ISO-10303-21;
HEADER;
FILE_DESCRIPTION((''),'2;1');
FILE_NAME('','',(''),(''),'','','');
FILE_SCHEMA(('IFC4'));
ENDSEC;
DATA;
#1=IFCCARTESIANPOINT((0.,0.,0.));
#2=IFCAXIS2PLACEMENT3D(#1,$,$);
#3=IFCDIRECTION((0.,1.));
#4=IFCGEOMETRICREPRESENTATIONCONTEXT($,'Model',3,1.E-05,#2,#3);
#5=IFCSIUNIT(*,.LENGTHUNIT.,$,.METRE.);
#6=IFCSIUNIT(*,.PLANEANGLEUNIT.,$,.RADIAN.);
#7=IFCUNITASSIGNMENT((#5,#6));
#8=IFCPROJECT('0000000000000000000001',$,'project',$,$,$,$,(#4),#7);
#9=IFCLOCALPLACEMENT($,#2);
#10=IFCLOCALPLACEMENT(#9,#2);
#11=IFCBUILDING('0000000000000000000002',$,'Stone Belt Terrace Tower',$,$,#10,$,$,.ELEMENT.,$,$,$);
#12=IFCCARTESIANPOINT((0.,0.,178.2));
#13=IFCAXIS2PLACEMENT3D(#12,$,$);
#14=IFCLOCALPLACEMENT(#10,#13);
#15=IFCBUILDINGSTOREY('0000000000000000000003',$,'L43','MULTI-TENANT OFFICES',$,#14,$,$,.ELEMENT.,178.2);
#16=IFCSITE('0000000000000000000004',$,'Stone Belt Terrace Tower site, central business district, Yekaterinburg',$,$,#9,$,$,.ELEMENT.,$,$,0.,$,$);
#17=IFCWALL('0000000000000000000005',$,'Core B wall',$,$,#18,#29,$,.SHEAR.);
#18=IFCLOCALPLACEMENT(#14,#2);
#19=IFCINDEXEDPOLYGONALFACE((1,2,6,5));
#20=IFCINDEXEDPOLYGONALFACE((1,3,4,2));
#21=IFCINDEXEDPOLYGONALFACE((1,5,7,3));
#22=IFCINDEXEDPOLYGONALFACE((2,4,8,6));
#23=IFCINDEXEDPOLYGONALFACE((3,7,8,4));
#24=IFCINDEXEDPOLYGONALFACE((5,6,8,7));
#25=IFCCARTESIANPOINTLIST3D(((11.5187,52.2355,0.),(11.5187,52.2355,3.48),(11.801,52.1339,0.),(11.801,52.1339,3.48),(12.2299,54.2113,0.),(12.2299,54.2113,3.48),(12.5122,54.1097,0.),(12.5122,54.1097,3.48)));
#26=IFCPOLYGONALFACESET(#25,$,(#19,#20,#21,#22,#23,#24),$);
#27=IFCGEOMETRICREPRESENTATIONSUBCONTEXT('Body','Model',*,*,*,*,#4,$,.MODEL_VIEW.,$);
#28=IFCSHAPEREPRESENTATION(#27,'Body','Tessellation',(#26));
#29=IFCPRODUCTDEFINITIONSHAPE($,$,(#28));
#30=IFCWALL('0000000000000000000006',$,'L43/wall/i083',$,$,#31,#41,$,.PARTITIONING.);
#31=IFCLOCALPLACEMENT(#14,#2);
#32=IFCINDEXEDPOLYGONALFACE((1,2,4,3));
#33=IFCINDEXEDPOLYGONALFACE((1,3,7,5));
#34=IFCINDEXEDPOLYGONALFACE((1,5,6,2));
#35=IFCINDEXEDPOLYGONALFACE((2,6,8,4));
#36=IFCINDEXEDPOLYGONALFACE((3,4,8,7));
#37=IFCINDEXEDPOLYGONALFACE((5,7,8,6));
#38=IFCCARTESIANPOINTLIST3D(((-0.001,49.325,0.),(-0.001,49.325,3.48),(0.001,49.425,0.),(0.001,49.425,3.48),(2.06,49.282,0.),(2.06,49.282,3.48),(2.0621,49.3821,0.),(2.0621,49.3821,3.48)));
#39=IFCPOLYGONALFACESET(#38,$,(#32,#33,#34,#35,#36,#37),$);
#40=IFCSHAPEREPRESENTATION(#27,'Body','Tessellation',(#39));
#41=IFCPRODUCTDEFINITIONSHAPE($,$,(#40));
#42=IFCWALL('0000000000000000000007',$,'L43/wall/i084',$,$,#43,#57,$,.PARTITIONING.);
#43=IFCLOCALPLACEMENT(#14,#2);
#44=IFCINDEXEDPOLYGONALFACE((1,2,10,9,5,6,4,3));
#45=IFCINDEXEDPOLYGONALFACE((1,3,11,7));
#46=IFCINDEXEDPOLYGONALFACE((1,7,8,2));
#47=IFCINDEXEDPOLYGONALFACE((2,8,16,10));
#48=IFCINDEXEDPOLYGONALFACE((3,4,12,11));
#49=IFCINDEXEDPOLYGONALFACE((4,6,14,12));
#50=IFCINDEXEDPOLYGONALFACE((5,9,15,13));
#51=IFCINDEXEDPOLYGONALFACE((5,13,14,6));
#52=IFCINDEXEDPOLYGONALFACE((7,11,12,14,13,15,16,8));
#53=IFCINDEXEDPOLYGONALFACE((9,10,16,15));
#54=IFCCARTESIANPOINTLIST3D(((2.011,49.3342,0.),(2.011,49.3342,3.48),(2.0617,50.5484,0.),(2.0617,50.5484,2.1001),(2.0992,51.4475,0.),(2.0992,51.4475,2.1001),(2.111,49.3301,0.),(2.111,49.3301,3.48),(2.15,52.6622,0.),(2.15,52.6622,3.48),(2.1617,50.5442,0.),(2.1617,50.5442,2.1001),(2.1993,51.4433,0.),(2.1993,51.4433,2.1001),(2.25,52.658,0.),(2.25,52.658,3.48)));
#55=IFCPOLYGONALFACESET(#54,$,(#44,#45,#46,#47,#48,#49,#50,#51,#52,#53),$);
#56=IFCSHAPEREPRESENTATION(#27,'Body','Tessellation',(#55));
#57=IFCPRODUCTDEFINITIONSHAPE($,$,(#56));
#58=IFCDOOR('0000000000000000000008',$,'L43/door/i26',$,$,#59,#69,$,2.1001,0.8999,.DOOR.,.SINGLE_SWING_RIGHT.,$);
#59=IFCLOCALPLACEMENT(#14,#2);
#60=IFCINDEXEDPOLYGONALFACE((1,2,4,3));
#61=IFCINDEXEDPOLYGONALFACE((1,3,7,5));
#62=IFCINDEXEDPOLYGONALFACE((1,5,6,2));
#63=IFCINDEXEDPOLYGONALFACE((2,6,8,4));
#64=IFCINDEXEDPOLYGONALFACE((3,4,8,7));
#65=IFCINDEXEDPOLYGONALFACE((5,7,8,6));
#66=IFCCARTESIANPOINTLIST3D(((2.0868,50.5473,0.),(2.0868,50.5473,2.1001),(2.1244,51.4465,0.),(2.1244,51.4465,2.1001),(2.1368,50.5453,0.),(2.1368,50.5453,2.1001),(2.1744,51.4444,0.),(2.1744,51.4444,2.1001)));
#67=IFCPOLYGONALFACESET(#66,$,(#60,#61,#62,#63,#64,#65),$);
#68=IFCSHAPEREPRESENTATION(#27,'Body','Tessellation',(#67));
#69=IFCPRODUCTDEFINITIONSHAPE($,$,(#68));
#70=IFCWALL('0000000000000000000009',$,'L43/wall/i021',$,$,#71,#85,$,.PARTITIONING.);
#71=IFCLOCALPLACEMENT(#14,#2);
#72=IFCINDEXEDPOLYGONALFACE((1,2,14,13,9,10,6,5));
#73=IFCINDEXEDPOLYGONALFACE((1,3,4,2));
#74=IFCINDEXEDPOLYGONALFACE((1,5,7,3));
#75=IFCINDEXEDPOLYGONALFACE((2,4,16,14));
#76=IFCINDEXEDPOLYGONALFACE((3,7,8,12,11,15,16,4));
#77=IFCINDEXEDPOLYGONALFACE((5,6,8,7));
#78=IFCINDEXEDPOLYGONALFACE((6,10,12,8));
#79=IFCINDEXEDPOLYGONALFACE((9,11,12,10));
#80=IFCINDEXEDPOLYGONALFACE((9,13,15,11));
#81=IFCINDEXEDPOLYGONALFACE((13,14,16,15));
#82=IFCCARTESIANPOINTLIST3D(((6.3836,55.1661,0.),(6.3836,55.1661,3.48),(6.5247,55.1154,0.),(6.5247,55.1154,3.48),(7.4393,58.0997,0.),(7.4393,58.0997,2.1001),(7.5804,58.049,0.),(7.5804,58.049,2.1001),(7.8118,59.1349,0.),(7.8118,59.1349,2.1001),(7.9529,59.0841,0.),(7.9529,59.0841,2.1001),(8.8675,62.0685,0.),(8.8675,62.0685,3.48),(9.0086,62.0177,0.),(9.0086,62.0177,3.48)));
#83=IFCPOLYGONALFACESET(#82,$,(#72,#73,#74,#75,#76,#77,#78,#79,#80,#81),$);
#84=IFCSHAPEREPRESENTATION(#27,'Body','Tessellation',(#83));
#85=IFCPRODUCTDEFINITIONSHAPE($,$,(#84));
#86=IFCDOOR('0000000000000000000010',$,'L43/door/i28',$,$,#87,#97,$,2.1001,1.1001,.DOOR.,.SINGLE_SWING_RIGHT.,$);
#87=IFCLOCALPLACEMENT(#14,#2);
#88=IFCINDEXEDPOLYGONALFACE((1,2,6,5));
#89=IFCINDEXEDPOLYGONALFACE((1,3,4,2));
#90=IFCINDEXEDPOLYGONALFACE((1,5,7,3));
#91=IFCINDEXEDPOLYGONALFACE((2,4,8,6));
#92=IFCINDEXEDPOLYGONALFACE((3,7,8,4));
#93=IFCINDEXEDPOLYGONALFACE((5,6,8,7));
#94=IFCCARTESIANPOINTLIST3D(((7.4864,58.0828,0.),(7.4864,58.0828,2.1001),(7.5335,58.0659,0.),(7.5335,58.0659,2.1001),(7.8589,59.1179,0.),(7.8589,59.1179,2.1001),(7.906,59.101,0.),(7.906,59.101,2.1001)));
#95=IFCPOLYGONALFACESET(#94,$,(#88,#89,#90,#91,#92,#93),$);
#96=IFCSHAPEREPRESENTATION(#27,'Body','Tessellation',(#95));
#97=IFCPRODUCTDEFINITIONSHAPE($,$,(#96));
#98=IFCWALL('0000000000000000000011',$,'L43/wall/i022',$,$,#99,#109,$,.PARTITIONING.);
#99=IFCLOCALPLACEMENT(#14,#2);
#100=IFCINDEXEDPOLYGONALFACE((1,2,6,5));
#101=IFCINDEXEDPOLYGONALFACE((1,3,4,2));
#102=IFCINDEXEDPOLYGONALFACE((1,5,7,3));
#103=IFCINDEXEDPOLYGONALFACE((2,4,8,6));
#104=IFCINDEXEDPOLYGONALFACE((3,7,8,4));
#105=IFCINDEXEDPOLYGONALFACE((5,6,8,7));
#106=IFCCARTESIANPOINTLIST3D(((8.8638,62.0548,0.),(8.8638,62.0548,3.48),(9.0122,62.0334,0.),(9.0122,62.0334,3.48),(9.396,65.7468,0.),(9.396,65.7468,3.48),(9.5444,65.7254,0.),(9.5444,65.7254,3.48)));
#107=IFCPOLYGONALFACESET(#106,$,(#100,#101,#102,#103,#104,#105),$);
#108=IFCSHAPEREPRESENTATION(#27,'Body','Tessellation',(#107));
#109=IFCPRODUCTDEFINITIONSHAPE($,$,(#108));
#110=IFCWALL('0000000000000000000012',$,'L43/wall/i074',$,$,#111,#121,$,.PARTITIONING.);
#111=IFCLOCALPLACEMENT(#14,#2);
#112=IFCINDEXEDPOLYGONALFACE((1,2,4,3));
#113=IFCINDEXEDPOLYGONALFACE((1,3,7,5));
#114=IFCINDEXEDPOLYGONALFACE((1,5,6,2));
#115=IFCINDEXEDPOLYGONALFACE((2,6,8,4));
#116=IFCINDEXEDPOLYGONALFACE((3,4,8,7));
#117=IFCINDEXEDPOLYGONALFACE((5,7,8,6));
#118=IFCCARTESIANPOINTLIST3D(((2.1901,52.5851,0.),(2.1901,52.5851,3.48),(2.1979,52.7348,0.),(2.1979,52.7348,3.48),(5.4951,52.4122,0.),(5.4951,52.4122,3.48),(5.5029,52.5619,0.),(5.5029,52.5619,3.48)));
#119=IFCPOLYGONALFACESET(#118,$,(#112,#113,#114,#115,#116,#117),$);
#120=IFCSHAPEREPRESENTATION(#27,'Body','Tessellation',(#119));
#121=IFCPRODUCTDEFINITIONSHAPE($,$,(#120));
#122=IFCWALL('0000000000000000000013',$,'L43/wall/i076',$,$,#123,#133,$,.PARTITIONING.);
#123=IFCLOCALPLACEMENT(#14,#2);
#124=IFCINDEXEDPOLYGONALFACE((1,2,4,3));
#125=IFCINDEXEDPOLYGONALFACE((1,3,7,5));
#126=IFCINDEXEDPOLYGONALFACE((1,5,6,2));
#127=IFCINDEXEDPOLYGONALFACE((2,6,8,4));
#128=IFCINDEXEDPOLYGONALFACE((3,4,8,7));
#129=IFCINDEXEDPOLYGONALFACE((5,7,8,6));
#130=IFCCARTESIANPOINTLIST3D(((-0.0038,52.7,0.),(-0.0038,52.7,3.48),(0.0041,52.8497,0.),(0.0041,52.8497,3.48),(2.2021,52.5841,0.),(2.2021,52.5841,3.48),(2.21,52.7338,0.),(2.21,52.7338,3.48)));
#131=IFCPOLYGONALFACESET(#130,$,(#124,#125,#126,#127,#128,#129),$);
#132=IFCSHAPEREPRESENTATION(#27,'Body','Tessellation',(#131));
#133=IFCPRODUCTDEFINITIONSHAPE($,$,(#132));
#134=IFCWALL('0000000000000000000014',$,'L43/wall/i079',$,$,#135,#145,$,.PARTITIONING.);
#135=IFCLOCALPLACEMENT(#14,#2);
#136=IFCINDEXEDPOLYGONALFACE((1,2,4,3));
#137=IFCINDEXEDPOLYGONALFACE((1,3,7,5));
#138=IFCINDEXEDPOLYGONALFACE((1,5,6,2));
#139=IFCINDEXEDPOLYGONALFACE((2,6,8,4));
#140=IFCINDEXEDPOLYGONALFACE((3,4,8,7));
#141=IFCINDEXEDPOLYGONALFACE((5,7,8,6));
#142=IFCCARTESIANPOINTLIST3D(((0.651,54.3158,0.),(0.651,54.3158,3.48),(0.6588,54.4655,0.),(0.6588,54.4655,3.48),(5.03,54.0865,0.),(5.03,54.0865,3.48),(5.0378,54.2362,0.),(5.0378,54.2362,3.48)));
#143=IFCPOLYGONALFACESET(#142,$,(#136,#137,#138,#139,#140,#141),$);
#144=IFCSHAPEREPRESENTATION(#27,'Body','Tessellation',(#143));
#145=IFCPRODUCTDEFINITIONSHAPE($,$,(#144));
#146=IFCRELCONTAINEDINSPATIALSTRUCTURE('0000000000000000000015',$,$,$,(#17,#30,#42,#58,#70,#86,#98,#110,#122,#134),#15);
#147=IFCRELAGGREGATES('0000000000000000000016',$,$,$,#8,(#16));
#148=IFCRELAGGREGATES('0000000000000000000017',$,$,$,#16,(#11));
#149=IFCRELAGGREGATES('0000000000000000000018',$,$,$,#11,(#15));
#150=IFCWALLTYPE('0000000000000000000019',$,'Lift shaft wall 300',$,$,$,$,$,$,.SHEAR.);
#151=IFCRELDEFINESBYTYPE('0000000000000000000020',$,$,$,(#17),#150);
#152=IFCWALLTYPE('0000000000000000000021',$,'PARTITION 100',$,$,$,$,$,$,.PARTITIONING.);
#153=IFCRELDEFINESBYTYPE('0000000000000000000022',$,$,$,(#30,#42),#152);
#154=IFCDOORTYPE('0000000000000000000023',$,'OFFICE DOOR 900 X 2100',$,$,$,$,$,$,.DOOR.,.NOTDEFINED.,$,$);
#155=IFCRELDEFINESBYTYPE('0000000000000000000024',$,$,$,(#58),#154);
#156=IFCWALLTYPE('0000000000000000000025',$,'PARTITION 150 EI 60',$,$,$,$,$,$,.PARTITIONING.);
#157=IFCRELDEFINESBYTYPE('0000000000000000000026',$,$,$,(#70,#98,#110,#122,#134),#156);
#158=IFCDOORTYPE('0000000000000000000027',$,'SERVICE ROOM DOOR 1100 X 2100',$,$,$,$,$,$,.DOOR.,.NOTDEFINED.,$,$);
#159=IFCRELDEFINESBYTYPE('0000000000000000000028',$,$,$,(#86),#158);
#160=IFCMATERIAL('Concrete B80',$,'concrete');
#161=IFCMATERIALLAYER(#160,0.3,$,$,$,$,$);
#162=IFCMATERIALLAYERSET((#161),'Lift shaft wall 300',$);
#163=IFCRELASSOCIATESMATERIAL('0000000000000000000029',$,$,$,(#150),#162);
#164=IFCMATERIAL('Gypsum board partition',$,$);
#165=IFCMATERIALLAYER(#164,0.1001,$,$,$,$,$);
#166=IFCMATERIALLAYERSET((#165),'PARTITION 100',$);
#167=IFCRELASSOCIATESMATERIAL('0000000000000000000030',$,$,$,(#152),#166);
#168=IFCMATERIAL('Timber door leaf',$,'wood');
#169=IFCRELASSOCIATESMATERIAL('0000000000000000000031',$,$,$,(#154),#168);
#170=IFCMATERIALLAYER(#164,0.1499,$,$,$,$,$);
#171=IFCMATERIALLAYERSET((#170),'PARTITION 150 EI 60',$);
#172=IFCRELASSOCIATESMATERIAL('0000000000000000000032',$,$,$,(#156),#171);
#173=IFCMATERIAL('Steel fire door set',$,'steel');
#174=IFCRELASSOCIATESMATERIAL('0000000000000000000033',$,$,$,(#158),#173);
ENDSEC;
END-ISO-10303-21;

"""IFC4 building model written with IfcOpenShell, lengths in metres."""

from ifc_helpers import new_model, si_unit, direction, frame, frame_2d, origin, place, context, subcontext, project, spatial, rectangle, extrude, material, layer, layer_set, type_object, element, fill, save


model = new_model("IFC4")

# Units and contexts
model_context = context("Model", 3, precision=1e-05, world=origin(), true_north=direction((0.0, 1.0)))
body_context = subcontext(model_context, "Body", "Model", "MODEL_VIEW")
ifc_project = project(units=[si_unit("LENGTHUNIT", "METRE"), si_unit("PLANEANGLEUNIT", "RADIAN")], contexts=[model_context])

# Site, building, storey
site_placement = place(None, origin())
site = spatial("IfcSite", under=ifc_project, at=site_placement, Name="Stone Belt Terrace Tower site, central business district, Yekaterinburg", CompositionType="ELEMENT", RefElevation=0.0)
building_placement = place(site_placement, origin())
building = spatial("IfcBuilding", under=site, at=building_placement, Name="Stone Belt Terrace Tower", CompositionType="ELEMENT")
storey_placement = place(building_placement, frame((0.0, 0.0, 178.2)))
storey = spatial("IfcBuildingStorey", under=building, at=storey_placement, Name="L43", Description="MULTI-TENANT OFFICES", CompositionType="ELEMENT", Elevation=178.2)

# Shared definitions
ifc_material_1 = material(Name="Concrete B80", Category="concrete")

# Shared definitions
ifc_material_2 = material(Name="Timber door leaf", Category="wood")

# Walls
ifc_layer_1 = layer(ifc_material_1, 0.3)
ifc_layer_set_1 = layer_set([ifc_layer_1], Name="Lift shaft wall 300")
wall_type_1 = type_object("IfcWallType", Name="Lift shaft wall 300", PredefinedType="SHEAR", material=ifc_layer_set_1)
wall_1_placement = place(storey_placement, frame((11.6599, 52.1848, 0.0), z_axis=(0.0, 0.0, 1.0), x_axis=(0.33867, 0.940905, 0.0)))
element("IfcWall", 1, at=wall_1_placement, inside=storey, type_object=wall_type_1, Name="Core B wall", PredefinedType="SHEAR", context=body_context, shape_type="SweptSolid", body=[
    extrude(rectangle(XDim=2.0999, YDim=0.3, at=frame_2d((1.0498, 0.0))), origin(), (0.0, 0.0, 1.0), 3.48),
])
ifc_material_3 = material(Name="Gypsum board partition")
ifc_layer_2 = layer(ifc_material_3, 0.1001)
ifc_layer_set_2 = layer_set([ifc_layer_2], Name="PARTITION 100")
wall_type_2 = type_object("IfcWallType", Name="PARTITION 100", PredefinedType="PARTITIONING", material=ifc_layer_set_2)
wall_2_placement = place(storey_placement, frame((0.0, 49.375, 0.0), z_axis=(0.0, 0.0, 1.0), x_axis=(0.999783, -0.020844, 0.0)))
element("IfcWall", 2, at=wall_2_placement, inside=storey, type_object=wall_type_2, Name="L43/wall/i083", PredefinedType="PARTITIONING", context=body_context, shape_type="SweptSolid", body=[
    extrude(rectangle(XDim=2.0615, YDim=0.1001, at=frame_2d((1.0308, 0.0))), origin(), (0.0, 0.0, 1.0), 3.48),
])

# Walls, openings, doors
wall_3_placement = place(storey_placement, frame((2.061, 49.332, 0.0), z_axis=(0.0, 0.0, 1.0), x_axis=(0.041707, 0.99913, 0.0)))
wall_3 = element("IfcWall", 3, at=wall_3_placement, inside=storey, type_object=wall_type_2, Name="L43/wall/i084", PredefinedType="PARTITIONING", context=body_context, shape_type="SweptSolid", body=[
    extrude(rectangle(XDim=3.3308, YDim=0.1001, at=frame_2d((1.6655, 0.0))), origin(), (0.0, 0.0, 1.0), 3.48),
])
opening_1_placement = place(wall_3_placement, frame((1.2153, 0.0, 0.0)))
opening_1 = element("IfcOpeningElement", 4, at=opening_1_placement, cuts=wall_3, PredefinedType="OPENING", context=body_context, shape_type="SweptSolid", body=[
    extrude(rectangle(XDim=0.8999, YDim=2.1001, at=frame_2d((0.45, 1.05))), frame((0.0, 0.0601, 0.0), z_axis=(0.0, -1.0, 0.0), x_axis=(1.0, 0.0, 0.0)), (0.0, 0.0, 1.0), 0.1201),
])
door_type_1 = type_object("IfcDoorType", Name="OFFICE DOOR 900 X 2100", OperationType="NOTDEFINED", PredefinedType="DOOR", material=ifc_material_2)
door_1_placement = place(opening_1_placement, origin())
door_1 = element("IfcDoor", 5, at=door_1_placement, inside=storey, type_object=door_type_1, Name="L43/door/i26", OperationType="SINGLE_SWING_RIGHT", OverallHeight=2.1001, OverallWidth=0.8999, PredefinedType="DOOR", context=body_context, shape_type="SweptSolid", body=[
    extrude(rectangle(XDim=0.8999, YDim=2.1001, at=frame_2d((0.45, 1.05))), frame((0.0, 0.0249, 0.0), z_axis=(0.0, -1.0, 0.0), x_axis=(1.0, 0.0, 0.0)), (0.0, 0.0, 1.0), 0.05),
])
fill(opening_1, door_1)
ifc_layer_3 = layer(ifc_material_3, 0.1499)
ifc_layer_set_3 = layer_set([ifc_layer_3], Name="PARTITION 150 EI 60")
wall_type_3 = type_object("IfcWallType", Name="PARTITION 150 EI 60", PredefinedType="PARTITIONING", material=ifc_layer_set_3)
wall_4_placement = place(storey_placement, frame((6.4541, 55.1406, 0.0), z_axis=(0.0, 0.0, 1.0), x_axis=(0.338604, 0.940929, 0.0)))
wall_4 = element("IfcWall", 6, at=wall_4_placement, inside=storey, type_object=wall_type_3, Name="L43/wall/i021", PredefinedType="PARTITIONING", context=body_context, shape_type="SweptSolid", body=[
    extrude(rectangle(XDim=7.3357, YDim=0.1499, at=frame_2d((3.668, 0.0))), origin(), (0.0, 0.0, 1.0), 3.48),
])
opening_2_placement = place(wall_4_placement, frame((3.1179, 0.0, 0.0)))
opening_2 = element("IfcOpeningElement", 7, at=opening_2_placement, cuts=wall_4, PredefinedType="OPENING", context=body_context, shape_type="SweptSolid", body=[
    extrude(rectangle(XDim=1.1001, YDim=2.1001, at=frame_2d((0.55, 1.05))), frame((0.0, 0.085, 0.0), z_axis=(0.0, -1.0, 0.0), x_axis=(1.0, 0.0, 0.0)), (0.0, 0.0, 1.0), 0.1699),
])
ifc_material_4 = material(Name="Steel fire door set", Category="steel")
door_type_2 = type_object("IfcDoorType", Name="SERVICE ROOM DOOR 1100 X 2100", OperationType="NOTDEFINED", PredefinedType="DOOR", material=ifc_material_4)
door_2_placement = place(opening_2_placement, origin())
door_2 = element("IfcDoor", 8, at=door_2_placement, inside=storey, type_object=door_type_2, Name="L43/door/i28", OperationType="SINGLE_SWING_RIGHT", OverallHeight=2.1001, OverallWidth=1.1001, PredefinedType="DOOR", context=body_context, shape_type="SweptSolid", body=[
    extrude(rectangle(XDim=1.1001, YDim=2.1001, at=frame_2d((0.55, 1.05))), frame((0.0, 0.0249, 0.0), z_axis=(0.0, -1.0, 0.0), x_axis=(1.0, 0.0, 0.0)), (0.0, 0.0, 1.0), 0.05),
])
fill(opening_2, door_2)

# Walls
wall_5_placement = place(storey_placement, frame((8.938, 62.0439, 0.0), z_axis=(0.0, 0.0, 1.0), x_axis=(0.142677, 0.989769, 0.0)))
element("IfcWall", 9, at=wall_5_placement, inside=storey, type_object=wall_type_3, Name="L43/wall/i022", PredefinedType="PARTITIONING", context=body_context, shape_type="SweptSolid", body=[
    extrude(rectangle(XDim=3.7302, YDim=0.1499, at=frame_2d((1.8652, 0.0))), origin(), (0.0, 0.0, 1.0), 3.48),
])
wall_6_placement = place(storey_placement, frame((5.499, 52.4871, 0.0), z_axis=(0.0, 0.0, 1.0), x_axis=(-0.998635, 0.05223, 0.0)))
element("IfcWall", 10, at=wall_6_placement, inside=storey, type_object=wall_type_3, Name="L43/wall/i074", PredefinedType="PARTITIONING", context=body_context, shape_type="SweptSolid", body=[
    extrude(rectangle(XDim=3.3096, YDim=0.1499, at=frame_2d((1.6548, 0.0))), origin(), (0.0, 0.0, 1.0), 3.48),
])
wall_7_placement = place(storey_placement, frame((2.2061, 52.6589, 0.0), z_axis=(0.0, 0.0, 1.0), x_axis=(-0.998621, 0.052495, 0.0)))
element("IfcWall", 11, at=wall_7_placement, inside=storey, type_object=wall_type_3, Name="L43/wall/i076", PredefinedType="PARTITIONING", context=body_context, shape_type="SweptSolid", body=[
    extrude(rectangle(XDim=2.209, YDim=0.1499, at=frame_2d((1.1045, 0.0))), origin(), (0.0, 0.0, 1.0), 3.48),
])
wall_8_placement = place(storey_placement, frame((0.655, 54.3906, 0.0), z_axis=(0.0, 0.0, 1.0), x_axis=(0.998632, -0.052281, 0.0)))
element("IfcWall", 12, at=wall_8_placement, inside=storey, type_object=wall_type_3, Name="L43/wall/i079", PredefinedType="PARTITIONING", context=body_context, shape_type="SweptSolid", body=[
    extrude(rectangle(XDim=4.385, YDim=0.1499, at=frame_2d((2.1924, 0.0))), origin(), (0.0, 0.0, 1.0), 3.48),
])

save(model, "model.ifc")
